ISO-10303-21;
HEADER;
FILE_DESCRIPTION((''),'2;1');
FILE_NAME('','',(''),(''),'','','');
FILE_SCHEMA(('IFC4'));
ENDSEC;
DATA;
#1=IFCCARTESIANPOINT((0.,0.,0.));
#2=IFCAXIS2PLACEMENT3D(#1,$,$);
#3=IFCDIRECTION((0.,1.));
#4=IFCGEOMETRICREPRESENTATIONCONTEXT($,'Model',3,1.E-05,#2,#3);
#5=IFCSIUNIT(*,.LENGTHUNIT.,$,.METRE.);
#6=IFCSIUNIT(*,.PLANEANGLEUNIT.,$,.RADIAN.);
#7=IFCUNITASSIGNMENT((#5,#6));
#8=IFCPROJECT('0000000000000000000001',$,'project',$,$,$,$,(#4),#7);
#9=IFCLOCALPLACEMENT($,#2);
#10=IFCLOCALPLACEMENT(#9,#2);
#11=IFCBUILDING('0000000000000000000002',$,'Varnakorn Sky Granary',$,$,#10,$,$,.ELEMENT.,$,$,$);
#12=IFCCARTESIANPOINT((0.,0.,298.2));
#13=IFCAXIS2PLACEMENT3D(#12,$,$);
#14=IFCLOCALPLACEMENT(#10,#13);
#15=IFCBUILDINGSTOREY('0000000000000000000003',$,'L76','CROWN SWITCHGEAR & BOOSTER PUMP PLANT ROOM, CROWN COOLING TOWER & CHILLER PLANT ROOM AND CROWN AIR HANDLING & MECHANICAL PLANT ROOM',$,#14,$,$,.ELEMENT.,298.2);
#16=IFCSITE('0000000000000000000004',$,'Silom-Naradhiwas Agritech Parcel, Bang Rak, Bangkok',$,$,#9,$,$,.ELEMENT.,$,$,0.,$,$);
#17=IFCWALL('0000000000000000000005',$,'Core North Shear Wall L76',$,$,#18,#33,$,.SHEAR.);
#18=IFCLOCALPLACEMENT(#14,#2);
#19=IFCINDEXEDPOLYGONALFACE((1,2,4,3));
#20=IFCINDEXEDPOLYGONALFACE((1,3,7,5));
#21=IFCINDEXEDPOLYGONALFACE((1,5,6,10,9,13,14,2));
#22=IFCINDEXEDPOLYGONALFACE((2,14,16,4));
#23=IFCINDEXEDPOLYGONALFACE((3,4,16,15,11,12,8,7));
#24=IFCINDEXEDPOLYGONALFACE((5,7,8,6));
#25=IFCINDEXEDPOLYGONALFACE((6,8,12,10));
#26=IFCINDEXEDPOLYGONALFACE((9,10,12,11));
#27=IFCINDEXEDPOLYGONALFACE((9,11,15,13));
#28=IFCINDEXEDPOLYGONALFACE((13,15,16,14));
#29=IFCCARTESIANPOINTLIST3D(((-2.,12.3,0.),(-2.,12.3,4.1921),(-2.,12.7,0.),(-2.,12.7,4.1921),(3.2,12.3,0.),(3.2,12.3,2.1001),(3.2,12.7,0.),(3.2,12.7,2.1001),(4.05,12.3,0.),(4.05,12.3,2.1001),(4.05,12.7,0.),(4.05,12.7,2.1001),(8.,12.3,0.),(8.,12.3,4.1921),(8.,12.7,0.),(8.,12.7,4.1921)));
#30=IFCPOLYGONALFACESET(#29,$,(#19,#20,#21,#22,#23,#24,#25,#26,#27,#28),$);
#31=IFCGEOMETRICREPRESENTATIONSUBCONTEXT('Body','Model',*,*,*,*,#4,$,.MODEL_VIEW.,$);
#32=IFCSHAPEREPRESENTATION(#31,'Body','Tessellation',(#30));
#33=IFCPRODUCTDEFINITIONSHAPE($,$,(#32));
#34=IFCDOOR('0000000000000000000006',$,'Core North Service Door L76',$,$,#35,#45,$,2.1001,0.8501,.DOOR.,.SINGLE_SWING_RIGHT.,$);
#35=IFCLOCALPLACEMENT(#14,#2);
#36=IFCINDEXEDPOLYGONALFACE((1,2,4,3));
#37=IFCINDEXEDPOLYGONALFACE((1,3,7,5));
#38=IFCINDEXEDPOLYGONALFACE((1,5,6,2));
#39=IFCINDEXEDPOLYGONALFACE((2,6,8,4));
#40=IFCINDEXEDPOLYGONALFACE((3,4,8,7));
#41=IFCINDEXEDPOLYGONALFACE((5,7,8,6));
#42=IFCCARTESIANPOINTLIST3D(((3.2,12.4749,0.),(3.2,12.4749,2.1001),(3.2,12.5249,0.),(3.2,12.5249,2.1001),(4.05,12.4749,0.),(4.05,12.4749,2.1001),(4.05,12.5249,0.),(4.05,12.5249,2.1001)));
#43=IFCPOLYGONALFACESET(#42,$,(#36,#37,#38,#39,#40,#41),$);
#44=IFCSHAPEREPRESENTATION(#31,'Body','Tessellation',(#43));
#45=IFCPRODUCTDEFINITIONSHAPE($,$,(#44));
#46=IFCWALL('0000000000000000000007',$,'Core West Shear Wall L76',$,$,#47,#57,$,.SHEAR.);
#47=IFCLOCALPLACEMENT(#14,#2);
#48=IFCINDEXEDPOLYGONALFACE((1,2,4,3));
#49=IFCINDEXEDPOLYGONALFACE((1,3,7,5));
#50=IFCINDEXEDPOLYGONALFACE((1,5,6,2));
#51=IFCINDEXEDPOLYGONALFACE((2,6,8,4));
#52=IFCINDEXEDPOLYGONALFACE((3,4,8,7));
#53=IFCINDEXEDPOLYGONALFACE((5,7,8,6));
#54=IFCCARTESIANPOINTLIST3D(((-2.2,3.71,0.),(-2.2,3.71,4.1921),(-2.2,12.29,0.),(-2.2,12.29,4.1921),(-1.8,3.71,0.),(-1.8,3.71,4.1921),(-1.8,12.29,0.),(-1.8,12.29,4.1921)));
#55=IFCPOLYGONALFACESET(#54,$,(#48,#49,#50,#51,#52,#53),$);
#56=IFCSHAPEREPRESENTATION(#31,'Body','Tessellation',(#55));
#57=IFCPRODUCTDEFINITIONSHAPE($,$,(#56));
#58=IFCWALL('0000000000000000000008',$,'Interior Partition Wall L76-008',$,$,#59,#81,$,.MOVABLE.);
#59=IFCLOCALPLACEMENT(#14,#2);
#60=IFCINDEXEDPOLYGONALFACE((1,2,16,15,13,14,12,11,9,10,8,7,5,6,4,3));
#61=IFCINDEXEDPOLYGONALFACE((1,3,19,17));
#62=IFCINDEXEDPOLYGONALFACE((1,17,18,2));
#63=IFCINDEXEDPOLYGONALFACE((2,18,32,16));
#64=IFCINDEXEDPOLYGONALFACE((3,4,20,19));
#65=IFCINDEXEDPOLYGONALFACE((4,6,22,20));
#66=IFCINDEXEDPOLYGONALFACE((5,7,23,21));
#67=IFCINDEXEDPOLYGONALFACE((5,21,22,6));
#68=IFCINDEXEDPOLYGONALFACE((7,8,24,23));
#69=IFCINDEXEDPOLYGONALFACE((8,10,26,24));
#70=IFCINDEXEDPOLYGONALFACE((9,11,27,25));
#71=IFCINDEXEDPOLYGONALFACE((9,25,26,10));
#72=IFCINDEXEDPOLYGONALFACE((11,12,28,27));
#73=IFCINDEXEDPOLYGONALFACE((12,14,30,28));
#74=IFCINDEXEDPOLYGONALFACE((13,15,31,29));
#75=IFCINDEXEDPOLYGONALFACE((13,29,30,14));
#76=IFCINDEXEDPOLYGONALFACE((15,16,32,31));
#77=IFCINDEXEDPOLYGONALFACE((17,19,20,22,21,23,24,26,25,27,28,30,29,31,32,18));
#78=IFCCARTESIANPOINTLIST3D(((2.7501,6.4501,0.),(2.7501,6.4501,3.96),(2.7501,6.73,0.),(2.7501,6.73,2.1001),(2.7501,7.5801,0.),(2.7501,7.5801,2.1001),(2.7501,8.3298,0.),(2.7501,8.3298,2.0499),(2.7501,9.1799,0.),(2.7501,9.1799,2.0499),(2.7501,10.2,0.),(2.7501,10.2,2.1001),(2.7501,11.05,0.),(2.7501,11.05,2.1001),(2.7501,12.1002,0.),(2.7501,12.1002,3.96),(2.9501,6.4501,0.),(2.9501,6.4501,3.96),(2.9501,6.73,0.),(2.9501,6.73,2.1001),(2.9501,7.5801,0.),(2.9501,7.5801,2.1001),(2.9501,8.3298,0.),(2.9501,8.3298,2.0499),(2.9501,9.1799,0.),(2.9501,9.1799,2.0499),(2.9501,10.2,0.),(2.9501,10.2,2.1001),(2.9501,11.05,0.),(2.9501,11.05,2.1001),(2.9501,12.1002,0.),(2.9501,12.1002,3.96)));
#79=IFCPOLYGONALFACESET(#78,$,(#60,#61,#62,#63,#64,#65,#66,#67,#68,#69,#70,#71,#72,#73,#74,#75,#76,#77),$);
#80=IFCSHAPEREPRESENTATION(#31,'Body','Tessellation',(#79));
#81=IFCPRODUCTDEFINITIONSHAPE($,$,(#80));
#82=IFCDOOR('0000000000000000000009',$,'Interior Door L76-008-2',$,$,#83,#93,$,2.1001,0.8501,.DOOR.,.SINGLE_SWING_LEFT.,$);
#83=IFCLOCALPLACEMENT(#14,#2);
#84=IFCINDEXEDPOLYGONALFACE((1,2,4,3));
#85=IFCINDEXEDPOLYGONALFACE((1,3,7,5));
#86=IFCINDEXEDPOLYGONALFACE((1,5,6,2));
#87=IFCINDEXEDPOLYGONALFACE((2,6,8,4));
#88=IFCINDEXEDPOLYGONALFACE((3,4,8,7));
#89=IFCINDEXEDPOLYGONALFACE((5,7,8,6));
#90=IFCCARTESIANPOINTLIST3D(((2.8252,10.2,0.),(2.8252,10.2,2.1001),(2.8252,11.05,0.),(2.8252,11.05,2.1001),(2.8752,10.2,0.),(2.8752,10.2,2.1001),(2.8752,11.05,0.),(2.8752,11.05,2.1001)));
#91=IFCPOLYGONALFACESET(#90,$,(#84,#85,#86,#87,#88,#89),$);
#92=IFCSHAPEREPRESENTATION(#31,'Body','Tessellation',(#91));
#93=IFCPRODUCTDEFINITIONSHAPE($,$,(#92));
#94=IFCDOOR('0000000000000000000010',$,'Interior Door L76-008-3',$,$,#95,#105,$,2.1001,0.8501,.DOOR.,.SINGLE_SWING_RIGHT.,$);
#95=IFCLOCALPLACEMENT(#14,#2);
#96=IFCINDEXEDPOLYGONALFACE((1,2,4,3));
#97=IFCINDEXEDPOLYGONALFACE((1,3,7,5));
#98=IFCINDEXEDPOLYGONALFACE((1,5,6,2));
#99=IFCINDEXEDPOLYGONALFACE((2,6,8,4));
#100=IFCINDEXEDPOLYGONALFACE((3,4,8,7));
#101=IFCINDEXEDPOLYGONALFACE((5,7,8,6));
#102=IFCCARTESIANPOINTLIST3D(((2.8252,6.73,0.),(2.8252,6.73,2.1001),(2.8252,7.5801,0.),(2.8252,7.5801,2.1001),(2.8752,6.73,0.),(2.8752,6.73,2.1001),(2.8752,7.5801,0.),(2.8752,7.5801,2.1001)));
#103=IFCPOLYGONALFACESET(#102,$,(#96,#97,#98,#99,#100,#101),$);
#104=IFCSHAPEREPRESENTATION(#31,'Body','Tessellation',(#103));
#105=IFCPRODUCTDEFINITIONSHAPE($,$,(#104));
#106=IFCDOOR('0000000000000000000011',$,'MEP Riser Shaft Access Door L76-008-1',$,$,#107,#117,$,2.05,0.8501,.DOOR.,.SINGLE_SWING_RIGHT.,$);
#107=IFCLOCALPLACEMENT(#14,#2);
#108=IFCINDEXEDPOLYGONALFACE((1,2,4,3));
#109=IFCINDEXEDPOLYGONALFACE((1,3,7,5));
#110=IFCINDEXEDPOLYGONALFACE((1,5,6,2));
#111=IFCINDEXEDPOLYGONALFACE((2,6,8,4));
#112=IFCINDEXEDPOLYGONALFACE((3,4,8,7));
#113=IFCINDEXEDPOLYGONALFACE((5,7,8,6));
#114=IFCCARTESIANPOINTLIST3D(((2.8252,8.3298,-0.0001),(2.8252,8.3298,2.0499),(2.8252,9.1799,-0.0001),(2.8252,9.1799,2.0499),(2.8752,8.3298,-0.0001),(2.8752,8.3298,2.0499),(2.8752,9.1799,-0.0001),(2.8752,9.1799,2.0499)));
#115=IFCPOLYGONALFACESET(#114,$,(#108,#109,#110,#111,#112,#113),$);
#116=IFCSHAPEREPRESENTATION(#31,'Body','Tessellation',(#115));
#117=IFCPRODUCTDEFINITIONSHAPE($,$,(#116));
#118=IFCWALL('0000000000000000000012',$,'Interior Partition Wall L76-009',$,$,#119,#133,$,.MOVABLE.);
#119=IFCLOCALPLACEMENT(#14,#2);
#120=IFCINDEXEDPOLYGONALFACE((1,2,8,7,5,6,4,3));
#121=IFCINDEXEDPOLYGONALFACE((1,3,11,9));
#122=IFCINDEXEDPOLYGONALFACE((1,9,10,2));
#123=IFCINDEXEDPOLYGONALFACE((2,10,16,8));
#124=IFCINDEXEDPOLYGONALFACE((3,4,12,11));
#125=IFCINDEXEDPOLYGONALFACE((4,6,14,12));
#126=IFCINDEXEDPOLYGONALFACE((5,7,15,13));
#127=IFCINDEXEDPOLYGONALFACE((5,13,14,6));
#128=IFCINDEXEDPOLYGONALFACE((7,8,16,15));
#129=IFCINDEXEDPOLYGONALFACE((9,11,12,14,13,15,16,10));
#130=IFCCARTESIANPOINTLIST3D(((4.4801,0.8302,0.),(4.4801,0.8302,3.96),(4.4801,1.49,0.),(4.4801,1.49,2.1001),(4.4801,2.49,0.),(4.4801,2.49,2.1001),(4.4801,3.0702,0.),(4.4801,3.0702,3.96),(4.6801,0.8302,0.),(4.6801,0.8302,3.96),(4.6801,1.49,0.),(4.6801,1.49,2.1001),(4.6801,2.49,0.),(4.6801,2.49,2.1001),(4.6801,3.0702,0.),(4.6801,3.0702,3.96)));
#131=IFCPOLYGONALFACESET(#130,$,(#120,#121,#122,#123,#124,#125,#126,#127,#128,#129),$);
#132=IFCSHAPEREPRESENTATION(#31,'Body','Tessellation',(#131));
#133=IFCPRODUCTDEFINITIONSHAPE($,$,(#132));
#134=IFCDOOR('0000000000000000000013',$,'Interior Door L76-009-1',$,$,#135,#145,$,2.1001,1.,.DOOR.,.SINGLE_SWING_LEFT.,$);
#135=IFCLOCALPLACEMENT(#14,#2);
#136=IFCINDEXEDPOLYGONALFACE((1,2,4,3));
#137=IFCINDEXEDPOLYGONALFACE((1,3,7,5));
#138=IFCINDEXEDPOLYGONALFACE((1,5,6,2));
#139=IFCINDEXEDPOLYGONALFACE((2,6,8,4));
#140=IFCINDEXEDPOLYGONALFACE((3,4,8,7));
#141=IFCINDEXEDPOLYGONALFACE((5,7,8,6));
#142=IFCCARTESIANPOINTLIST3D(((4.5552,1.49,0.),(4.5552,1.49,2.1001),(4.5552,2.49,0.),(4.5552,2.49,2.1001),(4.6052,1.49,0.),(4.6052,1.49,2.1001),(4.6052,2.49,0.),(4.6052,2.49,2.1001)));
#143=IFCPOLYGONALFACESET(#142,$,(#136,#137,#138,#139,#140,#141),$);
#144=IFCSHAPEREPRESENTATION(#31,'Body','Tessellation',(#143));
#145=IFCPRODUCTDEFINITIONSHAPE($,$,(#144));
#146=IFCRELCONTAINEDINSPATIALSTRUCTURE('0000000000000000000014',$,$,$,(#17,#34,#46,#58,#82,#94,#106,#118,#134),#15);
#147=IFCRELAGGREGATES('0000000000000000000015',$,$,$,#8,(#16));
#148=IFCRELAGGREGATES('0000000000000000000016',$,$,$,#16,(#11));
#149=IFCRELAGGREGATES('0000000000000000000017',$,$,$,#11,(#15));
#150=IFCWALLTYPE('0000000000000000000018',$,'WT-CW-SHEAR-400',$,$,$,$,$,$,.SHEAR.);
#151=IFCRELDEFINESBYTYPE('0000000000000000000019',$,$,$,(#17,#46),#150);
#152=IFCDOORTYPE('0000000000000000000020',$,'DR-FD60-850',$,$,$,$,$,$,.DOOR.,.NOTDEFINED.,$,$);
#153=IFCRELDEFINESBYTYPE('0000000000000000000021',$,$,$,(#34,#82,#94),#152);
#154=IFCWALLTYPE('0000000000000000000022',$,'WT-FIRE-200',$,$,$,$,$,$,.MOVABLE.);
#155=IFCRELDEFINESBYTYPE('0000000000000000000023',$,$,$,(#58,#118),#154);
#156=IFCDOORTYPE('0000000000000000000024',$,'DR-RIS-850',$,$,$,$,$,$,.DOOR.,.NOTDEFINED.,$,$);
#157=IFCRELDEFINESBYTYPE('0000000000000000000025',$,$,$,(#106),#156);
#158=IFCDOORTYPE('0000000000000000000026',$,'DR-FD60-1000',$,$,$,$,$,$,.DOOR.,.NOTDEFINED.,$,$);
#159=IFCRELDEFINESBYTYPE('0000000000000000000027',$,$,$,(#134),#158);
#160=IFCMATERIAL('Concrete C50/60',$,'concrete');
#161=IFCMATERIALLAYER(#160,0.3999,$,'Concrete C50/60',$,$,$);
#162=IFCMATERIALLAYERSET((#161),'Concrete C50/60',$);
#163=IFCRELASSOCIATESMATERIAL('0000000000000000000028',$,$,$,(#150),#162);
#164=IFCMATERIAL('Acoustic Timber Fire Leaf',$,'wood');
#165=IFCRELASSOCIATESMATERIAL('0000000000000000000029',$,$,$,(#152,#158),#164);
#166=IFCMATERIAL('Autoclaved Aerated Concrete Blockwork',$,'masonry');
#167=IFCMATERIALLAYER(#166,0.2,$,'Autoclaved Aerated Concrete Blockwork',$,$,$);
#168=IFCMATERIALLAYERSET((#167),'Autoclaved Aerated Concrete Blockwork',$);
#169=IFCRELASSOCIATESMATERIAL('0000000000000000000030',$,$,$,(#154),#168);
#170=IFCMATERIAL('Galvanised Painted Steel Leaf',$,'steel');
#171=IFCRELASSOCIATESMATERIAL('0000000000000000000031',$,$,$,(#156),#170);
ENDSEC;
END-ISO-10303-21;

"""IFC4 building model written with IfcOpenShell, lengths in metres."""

from ifc_helpers import new_model, si_unit, direction, frame, frame_2d, origin, place, context, subcontext, project, spatial, rectangle, extrude, material, layer, layer_set, type_object, element, fill, save


model = new_model("IFC4")

# Units and contexts
model_context = context("Model", 3, precision=1e-05, world=origin(), true_north=direction((0.0, 1.0)))
body_context = subcontext(model_context, "Body", "Model", "MODEL_VIEW")
ifc_project = project(units=[si_unit("LENGTHUNIT", "METRE"), si_unit("PLANEANGLEUNIT", "RADIAN")], contexts=[model_context])

# Site, building, storey
site_placement = place(None, origin())
site = spatial("IfcSite", under=ifc_project, at=site_placement, Name="Silom-Naradhiwas Agritech Parcel, Bang Rak, Bangkok", CompositionType="ELEMENT", RefElevation=0.0)
building_placement = place(site_placement, origin())
building = spatial("IfcBuilding", under=site, at=building_placement, Name="Varnakorn Sky Granary", CompositionType="ELEMENT")
storey_placement = place(building_placement, frame((0.0, 0.0, 298.2)))
storey = spatial("IfcBuildingStorey", under=building, at=storey_placement, Name="L76", Description="CROWN SWITCHGEAR & BOOSTER PUMP PLANT ROOM, CROWN COOLING TOWER & CHILLER PLANT ROOM AND CROWN AIR HANDLING & MECHANICAL PLANT ROOM", CompositionType="ELEMENT", Elevation=298.2)

# Shared definitions
ifc_material_1 = material(Name="Concrete C50/60", Category="concrete")

# Shared definitions
ifc_layer_1 = layer(ifc_material_1, 0.3999, Name="Concrete C50/60")
ifc_layer_set_1 = layer_set([ifc_layer_1], Name="Concrete C50/60")
wall_type_1 = type_object("IfcWallType", Name="WT-CW-SHEAR-400", PredefinedType="SHEAR", material=ifc_layer_set_1)

# Wall, opening, door
wall_1_placement = place(storey_placement, frame((-2.0, 12.5, 0.0), z_axis=(0.0, 0.0, 1.0), x_axis=(1.0, 0.0, 0.0)))
wall_1 = element("IfcWall", 1, at=wall_1_placement, inside=storey, type_object=wall_type_1, Name="Core North Shear Wall L76", PredefinedType="SHEAR", context=body_context, shape_type="SweptSolid", body=[
    extrude(rectangle(XDim=10.0, YDim=0.3999, at=frame_2d((5.0, 0.0))), origin(), (0.0, 0.0, 1.0), 4.1921),
])
opening_1_placement = place(wall_1_placement, frame((5.2, 0.0, 0.0)))
opening_1 = element("IfcOpeningElement", 2, at=opening_1_placement, cuts=wall_1, PredefinedType="OPENING", context=body_context, shape_type="SweptSolid", body=[
    extrude(rectangle(XDim=0.8501, YDim=2.1001, at=frame_2d((0.425, 1.05))), frame((0.0, 0.21, 0.0), z_axis=(0.0, -1.0, 0.0), x_axis=(1.0, 0.0, 0.0)), (0.0, 0.0, 1.0), 0.4199),
])
ifc_material_2 = material(Name="Acoustic Timber Fire Leaf", Category="wood")
door_type_1 = type_object("IfcDoorType", Name="DR-FD60-850", OperationType="NOTDEFINED", PredefinedType="DOOR", material=ifc_material_2)
door_1_placement = place(opening_1_placement, origin())
door_1 = element("IfcDoor", 3, at=door_1_placement, inside=storey, type_object=door_type_1, Name="Core North Service Door L76", OperationType="SINGLE_SWING_RIGHT", OverallHeight=2.1001, OverallWidth=0.8501, PredefinedType="DOOR", context=body_context, shape_type="SweptSolid", body=[
    extrude(rectangle(XDim=0.8501, YDim=2.1001, at=frame_2d((0.425, 1.05))), frame((0.0, 0.0249, 0.0), z_axis=(0.0, -1.0, 0.0), x_axis=(1.0, 0.0, 0.0)), (0.0, 0.0, 1.0), 0.05),
])
fill(opening_1, door_1)

# Wall
wall_2_placement = place(storey_placement, frame((-2.0, 3.71, 0.0), z_axis=(0.0, 0.0, 1.0), x_axis=(0.0, 1.0, 0.0)))
element("IfcWall", 4, at=wall_2_placement, inside=storey, type_object=wall_type_1, Name="Core West Shear Wall L76", PredefinedType="SHEAR", context=body_context, shape_type="SweptSolid", body=[
    extrude(rectangle(XDim=8.5801, YDim=0.3999, at=frame_2d((4.29, 0.0))), origin(), (0.0, 0.0, 1.0), 4.1921),
])

# Wall, openings, doors
ifc_material_3 = material(Name="Autoclaved Aerated Concrete Blockwork", Category="masonry")
ifc_layer_2 = layer(ifc_material_3, 0.2, Name="Autoclaved Aerated Concrete Blockwork")
ifc_layer_set_2 = layer_set([ifc_layer_2], Name="Autoclaved Aerated Concrete Blockwork")
wall_type_2 = type_object("IfcWallType", Name="WT-FIRE-200", PredefinedType="MOVABLE", material=ifc_layer_set_2)
wall_3_placement = place(storey_placement, frame((2.8501, 6.45, 0.0), z_axis=(0.0, 0.0, 1.0), x_axis=(0.0, 1.0, 0.0)))
wall_3 = element("IfcWall", 5, at=wall_3_placement, inside=storey, type_object=wall_type_2, Name="Interior Partition Wall L76-008", PredefinedType="MOVABLE", context=body_context, shape_type="SweptSolid", body=[
    extrude(rectangle(XDim=5.6501, YDim=0.2, at=frame_2d((2.8252, 0.0))), origin(), (0.0, 0.0, 1.0), 3.96),
])
opening_2_placement = place(wall_3_placement, frame((1.8799, 0.0, 0.0)))
opening_2 = element("IfcOpeningElement", 6, at=opening_2_placement, cuts=wall_3, PredefinedType="OPENING", context=body_context, shape_type="SweptSolid", body=[
    extrude(rectangle(XDim=0.8501, YDim=2.05, at=frame_2d((0.425, 1.0249))), frame((0.0, 0.1099, 0.0), z_axis=(0.0, -1.0, 0.0), x_axis=(1.0, 0.0, 0.0)), (0.0, 0.0, 1.0), 0.22),
])
opening_3_placement = place(wall_3_placement, frame((3.75, 0.0, 0.0)))
opening_3 = element("IfcOpeningElement", 7, at=opening_3_placement, cuts=wall_3, PredefinedType="OPENING", context=body_context, shape_type="SweptSolid", body=[
    extrude(rectangle(XDim=0.8501, YDim=2.1001, at=frame_2d((0.425, 1.05))), frame((0.0, 0.1099, 0.0), z_axis=(0.0, -1.0, 0.0), x_axis=(1.0, 0.0, 0.0)), (0.0, 0.0, 1.0), 0.22),
])
opening_4_placement = place(wall_3_placement, frame((0.28, 0.0, 0.0)))
opening_4 = element("IfcOpeningElement", 8, at=opening_4_placement, cuts=wall_3, PredefinedType="OPENING", context=body_context, shape_type="SweptSolid", body=[
    extrude(rectangle(XDim=0.8501, YDim=2.1001, at=frame_2d((0.425, 1.05))), frame((0.0, 0.1099, 0.0), z_axis=(0.0, -1.0, 0.0), x_axis=(1.0, 0.0, 0.0)), (0.0, 0.0, 1.0), 0.22),
])
door_2_placement = place(opening_3_placement, origin())
door_2 = element("IfcDoor", 9, at=door_2_placement, inside=storey, type_object=door_type_1, Name="Interior Door L76-008-2", OperationType="SINGLE_SWING_LEFT", OverallHeight=2.1001, OverallWidth=0.8501, PredefinedType="DOOR", context=body_context, shape_type="SweptSolid", body=[
    extrude(rectangle(XDim=0.8501, YDim=2.1001, at=frame_2d((0.425, 1.05))), frame((0.0, 0.0249, 0.0), z_axis=(0.0, -1.0, 0.0), x_axis=(1.0, 0.0, 0.0)), (0.0, 0.0, 1.0), 0.05),
])
fill(opening_3, door_2)
door_3_placement = place(opening_4_placement, origin())
door_3 = element("IfcDoor", 10, at=door_3_placement, inside=storey, type_object=door_type_1, Name="Interior Door L76-008-3", OperationType="SINGLE_SWING_RIGHT", OverallHeight=2.1001, OverallWidth=0.8501, PredefinedType="DOOR", context=body_context, shape_type="SweptSolid", body=[
    extrude(rectangle(XDim=0.8501, YDim=2.1001, at=frame_2d((0.425, 1.05))), frame((0.0, 0.0249, 0.0), z_axis=(0.0, -1.0, 0.0), x_axis=(1.0, 0.0, 0.0)), (0.0, 0.0, 1.0), 0.05),
])
fill(opening_4, door_3)
ifc_material_4 = material(Name="Galvanised Painted Steel Leaf", Category="steel")
door_type_2 = type_object("IfcDoorType", Name="DR-RIS-850", OperationType="NOTDEFINED", PredefinedType="DOOR", material=ifc_material_4)
door_4_placement = place(opening_2_placement, origin())
door_4 = element("IfcDoor", 11, at=door_4_placement, inside=storey, type_object=door_type_2, Name="MEP Riser Shaft Access Door L76-008-1", OperationType="SINGLE_SWING_RIGHT", OverallHeight=2.05, OverallWidth=0.8501, PredefinedType="DOOR", context=body_context, shape_type="SweptSolid", body=[
    extrude(rectangle(XDim=0.8501, YDim=2.05, at=frame_2d((0.425, 1.0249))), frame((0.0, 0.0249, 0.0), z_axis=(0.0, -1.0, 0.0), x_axis=(1.0, 0.0, 0.0)), (0.0, 0.0, 1.0), 0.05),
])
fill(opening_2, door_4)

# Wall, opening, door
wall_4_placement = place(storey_placement, frame((4.5801, 0.8301, 0.0), z_axis=(0.0, 0.0, 1.0), x_axis=(0.0, 1.0, 0.0)))
wall_4 = element("IfcWall", 12, at=wall_4_placement, inside=storey, type_object=wall_type_2, Name="Interior Partition Wall L76-009", PredefinedType="MOVABLE", context=body_context, shape_type="SweptSolid", body=[
    extrude(rectangle(XDim=2.24, YDim=0.2, at=frame_2d((1.1201, 0.0))), origin(), (0.0, 0.0, 1.0), 3.96),
])
opening_5_placement = place(wall_4_placement, frame((0.6599, 0.0, 0.0)))
opening_5 = element("IfcOpeningElement", 13, at=opening_5_placement, cuts=wall_4, PredefinedType="OPENING", context=body_context, shape_type="SweptSolid", body=[
    extrude(rectangle(XDim=1.0, YDim=2.1001, at=frame_2d((0.5, 1.05))), frame((0.0, 0.1099, 0.0), z_axis=(0.0, -1.0, 0.0), x_axis=(1.0, 0.0, 0.0)), (0.0, 0.0, 1.0), 0.22),
])
door_type_3 = type_object("IfcDoorType", Name="DR-FD60-1000", OperationType="NOTDEFINED", PredefinedType="DOOR", material=ifc_material_2)
door_5_placement = place(opening_5_placement, origin())
door_5 = element("IfcDoor", 14, at=door_5_placement, inside=storey, type_object=door_type_3, Name="Interior Door L76-009-1", OperationType="SINGLE_SWING_LEFT", OverallHeight=2.1001, OverallWidth=1.0, PredefinedType="DOOR", context=body_context, shape_type="SweptSolid", body=[
    extrude(rectangle(XDim=1.0, YDim=2.1001, at=frame_2d((0.5, 1.05))), frame((0.0, 0.0249, 0.0), z_axis=(0.0, -1.0, 0.0), x_axis=(1.0, 0.0, 0.0)), (0.0, 0.0, 1.0), 0.05),
])
fill(opening_5, door_5)

save(model, "model.ifc")
